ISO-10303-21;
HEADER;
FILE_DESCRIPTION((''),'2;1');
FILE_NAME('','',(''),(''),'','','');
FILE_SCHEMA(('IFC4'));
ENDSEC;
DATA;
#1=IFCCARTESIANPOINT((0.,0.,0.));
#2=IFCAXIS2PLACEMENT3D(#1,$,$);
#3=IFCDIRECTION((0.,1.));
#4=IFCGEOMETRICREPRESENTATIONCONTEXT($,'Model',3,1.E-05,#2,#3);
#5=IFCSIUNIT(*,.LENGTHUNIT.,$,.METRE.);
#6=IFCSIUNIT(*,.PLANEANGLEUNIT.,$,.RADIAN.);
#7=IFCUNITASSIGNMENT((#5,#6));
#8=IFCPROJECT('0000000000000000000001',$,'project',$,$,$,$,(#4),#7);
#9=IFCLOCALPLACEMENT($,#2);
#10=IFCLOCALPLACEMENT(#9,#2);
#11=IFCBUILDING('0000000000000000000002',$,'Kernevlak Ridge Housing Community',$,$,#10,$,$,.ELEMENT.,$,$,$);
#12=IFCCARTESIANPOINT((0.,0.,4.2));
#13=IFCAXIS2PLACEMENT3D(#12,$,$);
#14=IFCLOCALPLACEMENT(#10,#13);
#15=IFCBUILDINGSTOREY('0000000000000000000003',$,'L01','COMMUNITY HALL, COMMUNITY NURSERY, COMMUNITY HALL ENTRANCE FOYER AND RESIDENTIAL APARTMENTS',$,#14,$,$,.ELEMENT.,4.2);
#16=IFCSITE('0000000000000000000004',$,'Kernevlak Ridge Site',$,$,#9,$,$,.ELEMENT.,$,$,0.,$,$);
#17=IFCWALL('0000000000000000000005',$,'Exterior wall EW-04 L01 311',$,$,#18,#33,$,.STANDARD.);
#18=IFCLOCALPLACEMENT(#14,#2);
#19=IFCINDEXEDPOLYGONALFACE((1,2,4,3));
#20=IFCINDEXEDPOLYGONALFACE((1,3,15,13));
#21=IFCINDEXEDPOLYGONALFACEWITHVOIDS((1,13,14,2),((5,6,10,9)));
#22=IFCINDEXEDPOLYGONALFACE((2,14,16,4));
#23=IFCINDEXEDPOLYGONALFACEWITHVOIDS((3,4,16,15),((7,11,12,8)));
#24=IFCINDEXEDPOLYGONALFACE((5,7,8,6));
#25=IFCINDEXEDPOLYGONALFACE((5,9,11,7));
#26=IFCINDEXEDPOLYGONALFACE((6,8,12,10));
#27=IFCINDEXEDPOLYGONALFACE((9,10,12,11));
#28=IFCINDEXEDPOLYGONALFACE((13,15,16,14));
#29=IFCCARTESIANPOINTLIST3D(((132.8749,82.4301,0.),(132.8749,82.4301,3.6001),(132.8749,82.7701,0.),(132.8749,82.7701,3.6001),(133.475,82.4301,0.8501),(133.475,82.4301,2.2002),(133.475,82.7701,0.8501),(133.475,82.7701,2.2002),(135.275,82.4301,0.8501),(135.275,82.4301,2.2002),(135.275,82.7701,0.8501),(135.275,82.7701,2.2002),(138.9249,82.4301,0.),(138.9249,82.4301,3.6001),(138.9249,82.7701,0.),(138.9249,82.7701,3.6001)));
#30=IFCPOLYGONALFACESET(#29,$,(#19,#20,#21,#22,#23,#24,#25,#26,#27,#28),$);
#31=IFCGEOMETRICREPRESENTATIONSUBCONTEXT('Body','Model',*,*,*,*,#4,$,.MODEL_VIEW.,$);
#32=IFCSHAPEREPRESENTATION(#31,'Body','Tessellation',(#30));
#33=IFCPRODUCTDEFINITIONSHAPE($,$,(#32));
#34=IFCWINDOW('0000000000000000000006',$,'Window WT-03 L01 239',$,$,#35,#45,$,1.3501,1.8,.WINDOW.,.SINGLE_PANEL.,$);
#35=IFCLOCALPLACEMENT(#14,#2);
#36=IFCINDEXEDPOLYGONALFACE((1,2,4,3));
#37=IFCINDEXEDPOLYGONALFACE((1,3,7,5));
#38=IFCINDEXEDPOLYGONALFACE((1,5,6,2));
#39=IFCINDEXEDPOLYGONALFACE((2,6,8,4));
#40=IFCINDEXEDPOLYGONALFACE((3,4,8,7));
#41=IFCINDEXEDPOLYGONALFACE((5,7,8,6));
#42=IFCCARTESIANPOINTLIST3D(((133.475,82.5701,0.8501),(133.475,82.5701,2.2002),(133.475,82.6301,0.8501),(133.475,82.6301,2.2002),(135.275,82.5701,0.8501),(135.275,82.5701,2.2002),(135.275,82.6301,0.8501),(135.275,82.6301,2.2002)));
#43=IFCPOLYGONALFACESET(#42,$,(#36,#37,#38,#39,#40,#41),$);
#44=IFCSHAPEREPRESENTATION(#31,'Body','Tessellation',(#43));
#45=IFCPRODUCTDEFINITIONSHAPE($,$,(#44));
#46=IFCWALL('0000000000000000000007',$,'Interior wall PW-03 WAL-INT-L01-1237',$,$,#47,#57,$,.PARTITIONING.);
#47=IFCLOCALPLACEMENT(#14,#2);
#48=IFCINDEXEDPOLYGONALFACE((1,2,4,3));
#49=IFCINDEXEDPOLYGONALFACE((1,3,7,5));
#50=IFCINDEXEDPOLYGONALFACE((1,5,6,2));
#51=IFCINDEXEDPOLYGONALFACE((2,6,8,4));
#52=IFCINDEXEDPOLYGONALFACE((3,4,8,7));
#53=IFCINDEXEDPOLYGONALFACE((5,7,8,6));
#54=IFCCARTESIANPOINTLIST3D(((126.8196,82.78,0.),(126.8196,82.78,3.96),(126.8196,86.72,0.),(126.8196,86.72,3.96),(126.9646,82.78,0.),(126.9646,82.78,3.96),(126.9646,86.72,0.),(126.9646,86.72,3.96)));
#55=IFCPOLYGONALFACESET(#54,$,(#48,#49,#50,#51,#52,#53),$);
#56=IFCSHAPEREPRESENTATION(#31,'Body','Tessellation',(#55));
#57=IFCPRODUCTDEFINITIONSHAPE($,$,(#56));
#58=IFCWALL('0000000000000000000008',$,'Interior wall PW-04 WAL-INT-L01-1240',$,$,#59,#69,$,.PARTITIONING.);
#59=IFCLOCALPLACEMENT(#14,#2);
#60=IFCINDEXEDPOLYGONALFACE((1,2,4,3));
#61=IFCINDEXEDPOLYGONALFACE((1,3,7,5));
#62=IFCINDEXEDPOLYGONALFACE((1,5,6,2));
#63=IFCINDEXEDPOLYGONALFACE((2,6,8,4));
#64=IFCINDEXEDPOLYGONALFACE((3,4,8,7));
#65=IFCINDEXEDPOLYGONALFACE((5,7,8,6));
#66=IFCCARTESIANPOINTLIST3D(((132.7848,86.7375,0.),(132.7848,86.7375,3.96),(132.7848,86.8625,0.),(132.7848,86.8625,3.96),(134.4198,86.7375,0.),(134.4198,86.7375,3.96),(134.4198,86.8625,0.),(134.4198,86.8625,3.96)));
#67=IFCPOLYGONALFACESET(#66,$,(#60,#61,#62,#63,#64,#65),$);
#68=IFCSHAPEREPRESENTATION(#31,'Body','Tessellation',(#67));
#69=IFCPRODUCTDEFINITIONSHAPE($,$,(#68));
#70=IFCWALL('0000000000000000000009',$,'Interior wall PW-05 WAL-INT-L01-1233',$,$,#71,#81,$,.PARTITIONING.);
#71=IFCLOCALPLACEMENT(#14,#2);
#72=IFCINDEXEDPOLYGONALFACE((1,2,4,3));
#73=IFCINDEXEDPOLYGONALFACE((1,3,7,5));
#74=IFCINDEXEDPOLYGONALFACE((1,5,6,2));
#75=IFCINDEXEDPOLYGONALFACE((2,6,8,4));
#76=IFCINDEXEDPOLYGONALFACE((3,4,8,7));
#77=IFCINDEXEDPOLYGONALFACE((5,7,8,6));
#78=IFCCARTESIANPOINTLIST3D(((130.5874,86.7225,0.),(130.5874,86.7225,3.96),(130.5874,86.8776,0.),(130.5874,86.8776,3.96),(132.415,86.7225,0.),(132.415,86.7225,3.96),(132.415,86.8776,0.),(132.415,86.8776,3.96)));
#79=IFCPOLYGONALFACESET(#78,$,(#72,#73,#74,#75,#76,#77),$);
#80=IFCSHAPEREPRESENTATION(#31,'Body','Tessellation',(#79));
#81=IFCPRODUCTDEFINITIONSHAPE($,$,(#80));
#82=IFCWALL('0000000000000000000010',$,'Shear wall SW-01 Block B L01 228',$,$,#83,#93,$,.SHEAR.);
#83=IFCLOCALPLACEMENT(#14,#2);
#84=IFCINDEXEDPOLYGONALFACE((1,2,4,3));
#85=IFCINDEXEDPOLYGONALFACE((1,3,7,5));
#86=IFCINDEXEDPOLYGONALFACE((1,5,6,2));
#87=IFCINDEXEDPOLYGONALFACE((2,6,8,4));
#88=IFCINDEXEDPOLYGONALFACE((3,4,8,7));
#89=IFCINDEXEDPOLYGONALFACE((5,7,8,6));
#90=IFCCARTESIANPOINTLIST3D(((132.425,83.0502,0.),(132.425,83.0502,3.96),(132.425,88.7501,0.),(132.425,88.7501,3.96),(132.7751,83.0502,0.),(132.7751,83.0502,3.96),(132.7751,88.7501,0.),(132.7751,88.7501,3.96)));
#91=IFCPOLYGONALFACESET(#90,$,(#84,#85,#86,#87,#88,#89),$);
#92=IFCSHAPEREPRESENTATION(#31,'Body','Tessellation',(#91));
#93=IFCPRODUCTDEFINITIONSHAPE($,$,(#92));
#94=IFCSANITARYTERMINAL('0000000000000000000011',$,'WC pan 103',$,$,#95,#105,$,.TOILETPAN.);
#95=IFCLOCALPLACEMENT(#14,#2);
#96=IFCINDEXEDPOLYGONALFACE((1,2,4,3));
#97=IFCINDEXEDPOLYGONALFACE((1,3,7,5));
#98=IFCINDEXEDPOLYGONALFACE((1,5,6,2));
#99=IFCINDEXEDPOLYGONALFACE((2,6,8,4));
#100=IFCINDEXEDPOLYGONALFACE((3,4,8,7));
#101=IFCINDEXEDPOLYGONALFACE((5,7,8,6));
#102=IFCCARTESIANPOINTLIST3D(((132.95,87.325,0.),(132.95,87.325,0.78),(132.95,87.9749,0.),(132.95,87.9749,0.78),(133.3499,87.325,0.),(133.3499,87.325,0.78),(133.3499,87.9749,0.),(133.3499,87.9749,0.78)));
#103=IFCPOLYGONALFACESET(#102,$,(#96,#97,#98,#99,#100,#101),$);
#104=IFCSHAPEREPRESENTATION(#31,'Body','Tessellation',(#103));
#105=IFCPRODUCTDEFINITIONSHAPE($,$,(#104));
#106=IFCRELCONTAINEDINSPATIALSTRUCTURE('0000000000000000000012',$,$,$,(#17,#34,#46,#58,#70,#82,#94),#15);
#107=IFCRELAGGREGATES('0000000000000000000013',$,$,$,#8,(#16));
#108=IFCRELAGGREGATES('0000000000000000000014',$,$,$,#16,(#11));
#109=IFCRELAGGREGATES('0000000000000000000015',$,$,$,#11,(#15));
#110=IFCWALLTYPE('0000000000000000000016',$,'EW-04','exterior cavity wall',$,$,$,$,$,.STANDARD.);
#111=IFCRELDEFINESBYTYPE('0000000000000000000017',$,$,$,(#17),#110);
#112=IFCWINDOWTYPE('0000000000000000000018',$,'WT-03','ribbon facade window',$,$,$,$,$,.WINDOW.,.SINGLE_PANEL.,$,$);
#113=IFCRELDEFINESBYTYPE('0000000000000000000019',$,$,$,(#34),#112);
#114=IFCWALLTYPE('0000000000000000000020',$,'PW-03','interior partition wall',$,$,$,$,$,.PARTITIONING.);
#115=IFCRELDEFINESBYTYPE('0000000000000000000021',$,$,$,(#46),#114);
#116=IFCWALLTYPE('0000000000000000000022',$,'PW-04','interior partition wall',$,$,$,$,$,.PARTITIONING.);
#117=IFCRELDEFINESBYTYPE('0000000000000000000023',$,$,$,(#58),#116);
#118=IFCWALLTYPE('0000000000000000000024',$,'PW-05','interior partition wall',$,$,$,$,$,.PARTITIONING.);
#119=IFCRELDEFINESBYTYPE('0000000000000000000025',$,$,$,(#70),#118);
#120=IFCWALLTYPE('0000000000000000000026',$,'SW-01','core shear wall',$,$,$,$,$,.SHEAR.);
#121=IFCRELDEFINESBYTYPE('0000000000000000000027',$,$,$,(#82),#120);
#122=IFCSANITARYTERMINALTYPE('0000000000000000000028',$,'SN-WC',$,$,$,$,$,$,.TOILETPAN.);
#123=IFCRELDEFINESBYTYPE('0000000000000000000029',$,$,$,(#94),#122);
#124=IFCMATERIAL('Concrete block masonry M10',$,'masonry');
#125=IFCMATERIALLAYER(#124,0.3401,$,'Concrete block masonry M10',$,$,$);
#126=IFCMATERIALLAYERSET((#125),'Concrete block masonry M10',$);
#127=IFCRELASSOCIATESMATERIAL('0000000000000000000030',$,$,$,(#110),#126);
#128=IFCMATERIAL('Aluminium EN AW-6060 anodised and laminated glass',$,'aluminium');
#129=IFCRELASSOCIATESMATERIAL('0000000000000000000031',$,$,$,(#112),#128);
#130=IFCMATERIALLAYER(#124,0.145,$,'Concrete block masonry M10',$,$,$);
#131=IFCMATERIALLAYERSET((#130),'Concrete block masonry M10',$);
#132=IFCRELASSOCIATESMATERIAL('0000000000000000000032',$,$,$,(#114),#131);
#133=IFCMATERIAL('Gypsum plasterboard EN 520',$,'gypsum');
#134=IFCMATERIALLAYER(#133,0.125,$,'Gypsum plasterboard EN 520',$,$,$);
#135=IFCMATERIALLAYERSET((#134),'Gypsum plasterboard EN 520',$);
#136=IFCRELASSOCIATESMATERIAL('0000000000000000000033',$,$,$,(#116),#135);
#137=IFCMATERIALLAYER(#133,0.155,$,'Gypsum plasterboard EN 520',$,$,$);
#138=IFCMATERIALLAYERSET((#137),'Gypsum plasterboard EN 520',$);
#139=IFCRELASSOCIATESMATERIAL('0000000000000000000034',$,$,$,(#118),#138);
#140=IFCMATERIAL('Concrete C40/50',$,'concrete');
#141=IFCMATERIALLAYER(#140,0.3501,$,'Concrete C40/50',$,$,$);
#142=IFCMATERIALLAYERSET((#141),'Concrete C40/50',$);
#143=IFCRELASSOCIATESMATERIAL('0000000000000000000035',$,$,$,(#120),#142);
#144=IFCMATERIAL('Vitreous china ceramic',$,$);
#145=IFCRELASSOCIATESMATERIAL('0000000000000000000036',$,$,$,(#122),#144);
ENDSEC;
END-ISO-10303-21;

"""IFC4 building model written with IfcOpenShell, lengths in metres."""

from ifc_helpers import new_model, si_unit, direction, frame, frame_2d, origin, origin_2d, place, context, subcontext, project, spatial, rectangle, extrude, material, layer, layer_set, type_object, element, fill, save


model = new_model("IFC4")

# Units and contexts
model_context = context("Model", 3, precision=1e-05, world=origin(), true_north=direction((0.0, 1.0)))
body_context = subcontext(model_context, "Body", "Model", "MODEL_VIEW")
ifc_project = project(units=[si_unit("LENGTHUNIT", "METRE"), si_unit("PLANEANGLEUNIT", "RADIAN")], contexts=[model_context])

# Site, building, storey
site_placement = place(None, origin())
site = spatial("IfcSite", under=ifc_project, at=site_placement, Name="Kernevlak Ridge Site", CompositionType="ELEMENT", RefElevation=0.0)
building_placement = place(site_placement, origin())
building = spatial("IfcBuilding", under=site, at=building_placement, Name="Kernevlak Ridge Housing Community", CompositionType="ELEMENT")
storey_placement = place(building_placement, frame((0.0, 0.0, 4.2)))
storey = spatial("IfcBuildingStorey", under=building, at=storey_placement, Name="L01", Description="COMMUNITY HALL, COMMUNITY NURSERY, COMMUNITY HALL ENTRANCE FOYER AND RESIDENTIAL APARTMENTS", CompositionType="ELEMENT", Elevation=4.2)

# Shared definitions
ifc_material_1 = material(Name="Concrete C40/50", Category="concrete")

# Wall, opening, window
ifc_material_2 = material(Name="Concrete block masonry M10", Category="masonry")
ifc_layer_1 = layer(ifc_material_2, 0.3401, Name="Concrete block masonry M10")
ifc_layer_set_1 = layer_set([ifc_layer_1], Name="Concrete block masonry M10")
wall_type_1 = type_object("IfcWallType", Name="EW-04", Description="exterior cavity wall", PredefinedType="STANDARD", material=ifc_layer_set_1)
ifc_material_3 = material(Name="Aluminium EN AW-6060 anodised and laminated glass", Category="aluminium")
wall_1_placement = place(storey_placement, frame((132.875, 82.6001, 0.0), z_axis=(0.0, 0.0, 1.0), x_axis=(1.0, 0.0, 0.0)))
wall_1 = element("IfcWall", 1, at=wall_1_placement, inside=storey, type_object=wall_type_1, Name="Exterior wall EW-04 L01 311", PredefinedType="STANDARD", context=body_context, shape_type="SweptSolid", body=[
    extrude(rectangle(XDim=6.05, YDim=0.3401, at=frame_2d((3.0249, 0.0))), origin(), (0.0, 0.0, 1.0), 3.6001),
])
opening_1_placement = place(wall_1_placement, frame((0.6001, 0.0, 0.8501)))
opening_1 = element("IfcOpeningElement", 2, at=opening_1_placement, cuts=wall_1, PredefinedType="OPENING", context=body_context, shape_type="SweptSolid", body=[
    extrude(rectangle(XDim=1.8, YDim=1.3501, at=frame_2d((0.8999, 0.675))), frame((0.0, 0.1799, 0.0), z_axis=(0.0, -1.0, 0.0), x_axis=(1.0, 0.0, 0.0)), (0.0, 0.0, 1.0), 0.3601),
])
window_type_1 = type_object("IfcWindowType", Name="WT-03", Description="ribbon facade window", PartitioningType="SINGLE_PANEL", PredefinedType="WINDOW", material=ifc_material_3)
window_1_placement = place(opening_1_placement, origin())
window_1 = element("IfcWindow", 3, at=window_1_placement, inside=storey, type_object=window_type_1, Name="Window WT-03 L01 239", OverallHeight=1.3501, OverallWidth=1.8, PartitioningType="SINGLE_PANEL", PredefinedType="WINDOW", context=body_context, shape_type="SweptSolid", body=[
    extrude(rectangle(XDim=1.8, YDim=1.3501, at=frame_2d((0.8999, 0.675))), frame((0.0, 0.03, 0.0), z_axis=(0.0, -1.0, 0.0), x_axis=(1.0, 0.0, 0.0)), (0.0, 0.0, 1.0), 0.0601),
])
fill(opening_1, window_1)

# Walls
ifc_layer_2 = layer(ifc_material_2, 0.145, Name="Concrete block masonry M10")
ifc_layer_set_2 = layer_set([ifc_layer_2], Name="Concrete block masonry M10")
wall_type_2 = type_object("IfcWallType", Name="PW-03", Description="interior partition wall", PredefinedType="PARTITIONING", material=ifc_layer_set_2)
wall_2_placement = place(storey_placement, frame((126.8921, 86.72, 0.0), z_axis=(0.0, 0.0, 1.0), x_axis=(0.0, -1.0, 0.0)))
element("IfcWall", 4, at=wall_2_placement, inside=storey, type_object=wall_type_2, Name="Interior wall PW-03 WAL-INT-L01-1237", PredefinedType="PARTITIONING", context=body_context, shape_type="SweptSolid", body=[
    extrude(rectangle(XDim=3.9399, YDim=0.145, at=frame_2d((1.97, 0.0))), origin(), (0.0, 0.0, 1.0), 3.96),
])
ifc_material_4 = material(Name="Gypsum plasterboard EN 520", Category="gypsum")
ifc_layer_3 = layer(ifc_material_4, 0.125, Name="Gypsum plasterboard EN 520")
ifc_layer_set_3 = layer_set([ifc_layer_3], Name="Gypsum plasterboard EN 520")
wall_type_3 = type_object("IfcWallType", Name="PW-04", Description="interior partition wall", PredefinedType="PARTITIONING", material=ifc_layer_set_3)
wall_3_placement = place(storey_placement, frame((132.7849, 86.8, 0.0), z_axis=(0.0, 0.0, 1.0), x_axis=(1.0, 0.0, 0.0)))
element("IfcWall", 5, at=wall_3_placement, inside=storey, type_object=wall_type_3, Name="Interior wall PW-04 WAL-INT-L01-1240", PredefinedType="PARTITIONING", context=body_context, shape_type="SweptSolid", body=[
    extrude(rectangle(XDim=1.635, YDim=0.125, at=frame_2d((0.8174, 0.0))), origin(), (0.0, 0.0, 1.0), 3.96),
])
ifc_layer_4 = layer(ifc_material_4, 0.155, Name="Gypsum plasterboard EN 520")
ifc_layer_set_4 = layer_set([ifc_layer_4], Name="Gypsum plasterboard EN 520")
wall_type_4 = type_object("IfcWallType", Name="PW-05", Description="interior partition wall", PredefinedType="PARTITIONING", material=ifc_layer_set_4)
wall_4_placement = place(storey_placement, frame((130.5874, 86.8, 0.0), z_axis=(0.0, 0.0, 1.0), x_axis=(1.0, 0.0, 0.0)))
element("IfcWall", 6, at=wall_4_placement, inside=storey, type_object=wall_type_4, Name="Interior wall PW-05 WAL-INT-L01-1233", PredefinedType="PARTITIONING", context=body_context, shape_type="SweptSolid", body=[
    extrude(rectangle(XDim=1.8276, YDim=0.155, at=frame_2d((0.9138, 0.0))), origin(), (0.0, 0.0, 1.0), 3.96),
])
ifc_layer_5 = layer(ifc_material_1, 0.3501, Name="Concrete C40/50")
ifc_layer_set_5 = layer_set([ifc_layer_5], Name="Concrete C40/50")
wall_type_5 = type_object("IfcWallType", Name="SW-01", Description="core shear wall", PredefinedType="SHEAR", material=ifc_layer_set_5)
wall_5_placement = place(storey_placement, frame((132.6001, 83.05, 0.0), z_axis=(0.0, 0.0, 1.0), x_axis=(0.0, 1.0, 0.0)))
element("IfcWall", 7, at=wall_5_placement, inside=storey, type_object=wall_type_5, Name="Shear wall SW-01 Block B L01 228", PredefinedType="SHEAR", context=body_context, shape_type="SweptSolid", body=[
    extrude(rectangle(XDim=5.7, YDim=0.3501, at=frame_2d((2.8501, 0.0))), origin(), (0.0, 0.0, 1.0), 3.96),
])

# Sanitary terminal
ifc_material_5 = material(Name="Vitreous china ceramic")
sanitary_terminal_type = type_object("IfcSanitaryTerminalType", Name="SN-WC", PredefinedType="TOILETPAN", material=ifc_material_5)
sanitary_terminal_placement = place(storey_placement, frame((133.1499, 87.6499, 0.0), z_axis=(0.0, 0.0, 1.0), x_axis=(1.0, 0.0, 0.0)))
element("IfcSanitaryTerminal", 8, at=sanitary_terminal_placement, inside=storey, type_object=sanitary_terminal_type, Name="WC pan 103", PredefinedType="TOILETPAN", context=body_context, shape_type="SweptSolid", body=[
    extrude(rectangle(XDim=0.3999, YDim=0.6499, at=origin_2d()), origin(), (0.0, 0.0, 1.0), 0.78),
])

save(model, "model.ifc")
